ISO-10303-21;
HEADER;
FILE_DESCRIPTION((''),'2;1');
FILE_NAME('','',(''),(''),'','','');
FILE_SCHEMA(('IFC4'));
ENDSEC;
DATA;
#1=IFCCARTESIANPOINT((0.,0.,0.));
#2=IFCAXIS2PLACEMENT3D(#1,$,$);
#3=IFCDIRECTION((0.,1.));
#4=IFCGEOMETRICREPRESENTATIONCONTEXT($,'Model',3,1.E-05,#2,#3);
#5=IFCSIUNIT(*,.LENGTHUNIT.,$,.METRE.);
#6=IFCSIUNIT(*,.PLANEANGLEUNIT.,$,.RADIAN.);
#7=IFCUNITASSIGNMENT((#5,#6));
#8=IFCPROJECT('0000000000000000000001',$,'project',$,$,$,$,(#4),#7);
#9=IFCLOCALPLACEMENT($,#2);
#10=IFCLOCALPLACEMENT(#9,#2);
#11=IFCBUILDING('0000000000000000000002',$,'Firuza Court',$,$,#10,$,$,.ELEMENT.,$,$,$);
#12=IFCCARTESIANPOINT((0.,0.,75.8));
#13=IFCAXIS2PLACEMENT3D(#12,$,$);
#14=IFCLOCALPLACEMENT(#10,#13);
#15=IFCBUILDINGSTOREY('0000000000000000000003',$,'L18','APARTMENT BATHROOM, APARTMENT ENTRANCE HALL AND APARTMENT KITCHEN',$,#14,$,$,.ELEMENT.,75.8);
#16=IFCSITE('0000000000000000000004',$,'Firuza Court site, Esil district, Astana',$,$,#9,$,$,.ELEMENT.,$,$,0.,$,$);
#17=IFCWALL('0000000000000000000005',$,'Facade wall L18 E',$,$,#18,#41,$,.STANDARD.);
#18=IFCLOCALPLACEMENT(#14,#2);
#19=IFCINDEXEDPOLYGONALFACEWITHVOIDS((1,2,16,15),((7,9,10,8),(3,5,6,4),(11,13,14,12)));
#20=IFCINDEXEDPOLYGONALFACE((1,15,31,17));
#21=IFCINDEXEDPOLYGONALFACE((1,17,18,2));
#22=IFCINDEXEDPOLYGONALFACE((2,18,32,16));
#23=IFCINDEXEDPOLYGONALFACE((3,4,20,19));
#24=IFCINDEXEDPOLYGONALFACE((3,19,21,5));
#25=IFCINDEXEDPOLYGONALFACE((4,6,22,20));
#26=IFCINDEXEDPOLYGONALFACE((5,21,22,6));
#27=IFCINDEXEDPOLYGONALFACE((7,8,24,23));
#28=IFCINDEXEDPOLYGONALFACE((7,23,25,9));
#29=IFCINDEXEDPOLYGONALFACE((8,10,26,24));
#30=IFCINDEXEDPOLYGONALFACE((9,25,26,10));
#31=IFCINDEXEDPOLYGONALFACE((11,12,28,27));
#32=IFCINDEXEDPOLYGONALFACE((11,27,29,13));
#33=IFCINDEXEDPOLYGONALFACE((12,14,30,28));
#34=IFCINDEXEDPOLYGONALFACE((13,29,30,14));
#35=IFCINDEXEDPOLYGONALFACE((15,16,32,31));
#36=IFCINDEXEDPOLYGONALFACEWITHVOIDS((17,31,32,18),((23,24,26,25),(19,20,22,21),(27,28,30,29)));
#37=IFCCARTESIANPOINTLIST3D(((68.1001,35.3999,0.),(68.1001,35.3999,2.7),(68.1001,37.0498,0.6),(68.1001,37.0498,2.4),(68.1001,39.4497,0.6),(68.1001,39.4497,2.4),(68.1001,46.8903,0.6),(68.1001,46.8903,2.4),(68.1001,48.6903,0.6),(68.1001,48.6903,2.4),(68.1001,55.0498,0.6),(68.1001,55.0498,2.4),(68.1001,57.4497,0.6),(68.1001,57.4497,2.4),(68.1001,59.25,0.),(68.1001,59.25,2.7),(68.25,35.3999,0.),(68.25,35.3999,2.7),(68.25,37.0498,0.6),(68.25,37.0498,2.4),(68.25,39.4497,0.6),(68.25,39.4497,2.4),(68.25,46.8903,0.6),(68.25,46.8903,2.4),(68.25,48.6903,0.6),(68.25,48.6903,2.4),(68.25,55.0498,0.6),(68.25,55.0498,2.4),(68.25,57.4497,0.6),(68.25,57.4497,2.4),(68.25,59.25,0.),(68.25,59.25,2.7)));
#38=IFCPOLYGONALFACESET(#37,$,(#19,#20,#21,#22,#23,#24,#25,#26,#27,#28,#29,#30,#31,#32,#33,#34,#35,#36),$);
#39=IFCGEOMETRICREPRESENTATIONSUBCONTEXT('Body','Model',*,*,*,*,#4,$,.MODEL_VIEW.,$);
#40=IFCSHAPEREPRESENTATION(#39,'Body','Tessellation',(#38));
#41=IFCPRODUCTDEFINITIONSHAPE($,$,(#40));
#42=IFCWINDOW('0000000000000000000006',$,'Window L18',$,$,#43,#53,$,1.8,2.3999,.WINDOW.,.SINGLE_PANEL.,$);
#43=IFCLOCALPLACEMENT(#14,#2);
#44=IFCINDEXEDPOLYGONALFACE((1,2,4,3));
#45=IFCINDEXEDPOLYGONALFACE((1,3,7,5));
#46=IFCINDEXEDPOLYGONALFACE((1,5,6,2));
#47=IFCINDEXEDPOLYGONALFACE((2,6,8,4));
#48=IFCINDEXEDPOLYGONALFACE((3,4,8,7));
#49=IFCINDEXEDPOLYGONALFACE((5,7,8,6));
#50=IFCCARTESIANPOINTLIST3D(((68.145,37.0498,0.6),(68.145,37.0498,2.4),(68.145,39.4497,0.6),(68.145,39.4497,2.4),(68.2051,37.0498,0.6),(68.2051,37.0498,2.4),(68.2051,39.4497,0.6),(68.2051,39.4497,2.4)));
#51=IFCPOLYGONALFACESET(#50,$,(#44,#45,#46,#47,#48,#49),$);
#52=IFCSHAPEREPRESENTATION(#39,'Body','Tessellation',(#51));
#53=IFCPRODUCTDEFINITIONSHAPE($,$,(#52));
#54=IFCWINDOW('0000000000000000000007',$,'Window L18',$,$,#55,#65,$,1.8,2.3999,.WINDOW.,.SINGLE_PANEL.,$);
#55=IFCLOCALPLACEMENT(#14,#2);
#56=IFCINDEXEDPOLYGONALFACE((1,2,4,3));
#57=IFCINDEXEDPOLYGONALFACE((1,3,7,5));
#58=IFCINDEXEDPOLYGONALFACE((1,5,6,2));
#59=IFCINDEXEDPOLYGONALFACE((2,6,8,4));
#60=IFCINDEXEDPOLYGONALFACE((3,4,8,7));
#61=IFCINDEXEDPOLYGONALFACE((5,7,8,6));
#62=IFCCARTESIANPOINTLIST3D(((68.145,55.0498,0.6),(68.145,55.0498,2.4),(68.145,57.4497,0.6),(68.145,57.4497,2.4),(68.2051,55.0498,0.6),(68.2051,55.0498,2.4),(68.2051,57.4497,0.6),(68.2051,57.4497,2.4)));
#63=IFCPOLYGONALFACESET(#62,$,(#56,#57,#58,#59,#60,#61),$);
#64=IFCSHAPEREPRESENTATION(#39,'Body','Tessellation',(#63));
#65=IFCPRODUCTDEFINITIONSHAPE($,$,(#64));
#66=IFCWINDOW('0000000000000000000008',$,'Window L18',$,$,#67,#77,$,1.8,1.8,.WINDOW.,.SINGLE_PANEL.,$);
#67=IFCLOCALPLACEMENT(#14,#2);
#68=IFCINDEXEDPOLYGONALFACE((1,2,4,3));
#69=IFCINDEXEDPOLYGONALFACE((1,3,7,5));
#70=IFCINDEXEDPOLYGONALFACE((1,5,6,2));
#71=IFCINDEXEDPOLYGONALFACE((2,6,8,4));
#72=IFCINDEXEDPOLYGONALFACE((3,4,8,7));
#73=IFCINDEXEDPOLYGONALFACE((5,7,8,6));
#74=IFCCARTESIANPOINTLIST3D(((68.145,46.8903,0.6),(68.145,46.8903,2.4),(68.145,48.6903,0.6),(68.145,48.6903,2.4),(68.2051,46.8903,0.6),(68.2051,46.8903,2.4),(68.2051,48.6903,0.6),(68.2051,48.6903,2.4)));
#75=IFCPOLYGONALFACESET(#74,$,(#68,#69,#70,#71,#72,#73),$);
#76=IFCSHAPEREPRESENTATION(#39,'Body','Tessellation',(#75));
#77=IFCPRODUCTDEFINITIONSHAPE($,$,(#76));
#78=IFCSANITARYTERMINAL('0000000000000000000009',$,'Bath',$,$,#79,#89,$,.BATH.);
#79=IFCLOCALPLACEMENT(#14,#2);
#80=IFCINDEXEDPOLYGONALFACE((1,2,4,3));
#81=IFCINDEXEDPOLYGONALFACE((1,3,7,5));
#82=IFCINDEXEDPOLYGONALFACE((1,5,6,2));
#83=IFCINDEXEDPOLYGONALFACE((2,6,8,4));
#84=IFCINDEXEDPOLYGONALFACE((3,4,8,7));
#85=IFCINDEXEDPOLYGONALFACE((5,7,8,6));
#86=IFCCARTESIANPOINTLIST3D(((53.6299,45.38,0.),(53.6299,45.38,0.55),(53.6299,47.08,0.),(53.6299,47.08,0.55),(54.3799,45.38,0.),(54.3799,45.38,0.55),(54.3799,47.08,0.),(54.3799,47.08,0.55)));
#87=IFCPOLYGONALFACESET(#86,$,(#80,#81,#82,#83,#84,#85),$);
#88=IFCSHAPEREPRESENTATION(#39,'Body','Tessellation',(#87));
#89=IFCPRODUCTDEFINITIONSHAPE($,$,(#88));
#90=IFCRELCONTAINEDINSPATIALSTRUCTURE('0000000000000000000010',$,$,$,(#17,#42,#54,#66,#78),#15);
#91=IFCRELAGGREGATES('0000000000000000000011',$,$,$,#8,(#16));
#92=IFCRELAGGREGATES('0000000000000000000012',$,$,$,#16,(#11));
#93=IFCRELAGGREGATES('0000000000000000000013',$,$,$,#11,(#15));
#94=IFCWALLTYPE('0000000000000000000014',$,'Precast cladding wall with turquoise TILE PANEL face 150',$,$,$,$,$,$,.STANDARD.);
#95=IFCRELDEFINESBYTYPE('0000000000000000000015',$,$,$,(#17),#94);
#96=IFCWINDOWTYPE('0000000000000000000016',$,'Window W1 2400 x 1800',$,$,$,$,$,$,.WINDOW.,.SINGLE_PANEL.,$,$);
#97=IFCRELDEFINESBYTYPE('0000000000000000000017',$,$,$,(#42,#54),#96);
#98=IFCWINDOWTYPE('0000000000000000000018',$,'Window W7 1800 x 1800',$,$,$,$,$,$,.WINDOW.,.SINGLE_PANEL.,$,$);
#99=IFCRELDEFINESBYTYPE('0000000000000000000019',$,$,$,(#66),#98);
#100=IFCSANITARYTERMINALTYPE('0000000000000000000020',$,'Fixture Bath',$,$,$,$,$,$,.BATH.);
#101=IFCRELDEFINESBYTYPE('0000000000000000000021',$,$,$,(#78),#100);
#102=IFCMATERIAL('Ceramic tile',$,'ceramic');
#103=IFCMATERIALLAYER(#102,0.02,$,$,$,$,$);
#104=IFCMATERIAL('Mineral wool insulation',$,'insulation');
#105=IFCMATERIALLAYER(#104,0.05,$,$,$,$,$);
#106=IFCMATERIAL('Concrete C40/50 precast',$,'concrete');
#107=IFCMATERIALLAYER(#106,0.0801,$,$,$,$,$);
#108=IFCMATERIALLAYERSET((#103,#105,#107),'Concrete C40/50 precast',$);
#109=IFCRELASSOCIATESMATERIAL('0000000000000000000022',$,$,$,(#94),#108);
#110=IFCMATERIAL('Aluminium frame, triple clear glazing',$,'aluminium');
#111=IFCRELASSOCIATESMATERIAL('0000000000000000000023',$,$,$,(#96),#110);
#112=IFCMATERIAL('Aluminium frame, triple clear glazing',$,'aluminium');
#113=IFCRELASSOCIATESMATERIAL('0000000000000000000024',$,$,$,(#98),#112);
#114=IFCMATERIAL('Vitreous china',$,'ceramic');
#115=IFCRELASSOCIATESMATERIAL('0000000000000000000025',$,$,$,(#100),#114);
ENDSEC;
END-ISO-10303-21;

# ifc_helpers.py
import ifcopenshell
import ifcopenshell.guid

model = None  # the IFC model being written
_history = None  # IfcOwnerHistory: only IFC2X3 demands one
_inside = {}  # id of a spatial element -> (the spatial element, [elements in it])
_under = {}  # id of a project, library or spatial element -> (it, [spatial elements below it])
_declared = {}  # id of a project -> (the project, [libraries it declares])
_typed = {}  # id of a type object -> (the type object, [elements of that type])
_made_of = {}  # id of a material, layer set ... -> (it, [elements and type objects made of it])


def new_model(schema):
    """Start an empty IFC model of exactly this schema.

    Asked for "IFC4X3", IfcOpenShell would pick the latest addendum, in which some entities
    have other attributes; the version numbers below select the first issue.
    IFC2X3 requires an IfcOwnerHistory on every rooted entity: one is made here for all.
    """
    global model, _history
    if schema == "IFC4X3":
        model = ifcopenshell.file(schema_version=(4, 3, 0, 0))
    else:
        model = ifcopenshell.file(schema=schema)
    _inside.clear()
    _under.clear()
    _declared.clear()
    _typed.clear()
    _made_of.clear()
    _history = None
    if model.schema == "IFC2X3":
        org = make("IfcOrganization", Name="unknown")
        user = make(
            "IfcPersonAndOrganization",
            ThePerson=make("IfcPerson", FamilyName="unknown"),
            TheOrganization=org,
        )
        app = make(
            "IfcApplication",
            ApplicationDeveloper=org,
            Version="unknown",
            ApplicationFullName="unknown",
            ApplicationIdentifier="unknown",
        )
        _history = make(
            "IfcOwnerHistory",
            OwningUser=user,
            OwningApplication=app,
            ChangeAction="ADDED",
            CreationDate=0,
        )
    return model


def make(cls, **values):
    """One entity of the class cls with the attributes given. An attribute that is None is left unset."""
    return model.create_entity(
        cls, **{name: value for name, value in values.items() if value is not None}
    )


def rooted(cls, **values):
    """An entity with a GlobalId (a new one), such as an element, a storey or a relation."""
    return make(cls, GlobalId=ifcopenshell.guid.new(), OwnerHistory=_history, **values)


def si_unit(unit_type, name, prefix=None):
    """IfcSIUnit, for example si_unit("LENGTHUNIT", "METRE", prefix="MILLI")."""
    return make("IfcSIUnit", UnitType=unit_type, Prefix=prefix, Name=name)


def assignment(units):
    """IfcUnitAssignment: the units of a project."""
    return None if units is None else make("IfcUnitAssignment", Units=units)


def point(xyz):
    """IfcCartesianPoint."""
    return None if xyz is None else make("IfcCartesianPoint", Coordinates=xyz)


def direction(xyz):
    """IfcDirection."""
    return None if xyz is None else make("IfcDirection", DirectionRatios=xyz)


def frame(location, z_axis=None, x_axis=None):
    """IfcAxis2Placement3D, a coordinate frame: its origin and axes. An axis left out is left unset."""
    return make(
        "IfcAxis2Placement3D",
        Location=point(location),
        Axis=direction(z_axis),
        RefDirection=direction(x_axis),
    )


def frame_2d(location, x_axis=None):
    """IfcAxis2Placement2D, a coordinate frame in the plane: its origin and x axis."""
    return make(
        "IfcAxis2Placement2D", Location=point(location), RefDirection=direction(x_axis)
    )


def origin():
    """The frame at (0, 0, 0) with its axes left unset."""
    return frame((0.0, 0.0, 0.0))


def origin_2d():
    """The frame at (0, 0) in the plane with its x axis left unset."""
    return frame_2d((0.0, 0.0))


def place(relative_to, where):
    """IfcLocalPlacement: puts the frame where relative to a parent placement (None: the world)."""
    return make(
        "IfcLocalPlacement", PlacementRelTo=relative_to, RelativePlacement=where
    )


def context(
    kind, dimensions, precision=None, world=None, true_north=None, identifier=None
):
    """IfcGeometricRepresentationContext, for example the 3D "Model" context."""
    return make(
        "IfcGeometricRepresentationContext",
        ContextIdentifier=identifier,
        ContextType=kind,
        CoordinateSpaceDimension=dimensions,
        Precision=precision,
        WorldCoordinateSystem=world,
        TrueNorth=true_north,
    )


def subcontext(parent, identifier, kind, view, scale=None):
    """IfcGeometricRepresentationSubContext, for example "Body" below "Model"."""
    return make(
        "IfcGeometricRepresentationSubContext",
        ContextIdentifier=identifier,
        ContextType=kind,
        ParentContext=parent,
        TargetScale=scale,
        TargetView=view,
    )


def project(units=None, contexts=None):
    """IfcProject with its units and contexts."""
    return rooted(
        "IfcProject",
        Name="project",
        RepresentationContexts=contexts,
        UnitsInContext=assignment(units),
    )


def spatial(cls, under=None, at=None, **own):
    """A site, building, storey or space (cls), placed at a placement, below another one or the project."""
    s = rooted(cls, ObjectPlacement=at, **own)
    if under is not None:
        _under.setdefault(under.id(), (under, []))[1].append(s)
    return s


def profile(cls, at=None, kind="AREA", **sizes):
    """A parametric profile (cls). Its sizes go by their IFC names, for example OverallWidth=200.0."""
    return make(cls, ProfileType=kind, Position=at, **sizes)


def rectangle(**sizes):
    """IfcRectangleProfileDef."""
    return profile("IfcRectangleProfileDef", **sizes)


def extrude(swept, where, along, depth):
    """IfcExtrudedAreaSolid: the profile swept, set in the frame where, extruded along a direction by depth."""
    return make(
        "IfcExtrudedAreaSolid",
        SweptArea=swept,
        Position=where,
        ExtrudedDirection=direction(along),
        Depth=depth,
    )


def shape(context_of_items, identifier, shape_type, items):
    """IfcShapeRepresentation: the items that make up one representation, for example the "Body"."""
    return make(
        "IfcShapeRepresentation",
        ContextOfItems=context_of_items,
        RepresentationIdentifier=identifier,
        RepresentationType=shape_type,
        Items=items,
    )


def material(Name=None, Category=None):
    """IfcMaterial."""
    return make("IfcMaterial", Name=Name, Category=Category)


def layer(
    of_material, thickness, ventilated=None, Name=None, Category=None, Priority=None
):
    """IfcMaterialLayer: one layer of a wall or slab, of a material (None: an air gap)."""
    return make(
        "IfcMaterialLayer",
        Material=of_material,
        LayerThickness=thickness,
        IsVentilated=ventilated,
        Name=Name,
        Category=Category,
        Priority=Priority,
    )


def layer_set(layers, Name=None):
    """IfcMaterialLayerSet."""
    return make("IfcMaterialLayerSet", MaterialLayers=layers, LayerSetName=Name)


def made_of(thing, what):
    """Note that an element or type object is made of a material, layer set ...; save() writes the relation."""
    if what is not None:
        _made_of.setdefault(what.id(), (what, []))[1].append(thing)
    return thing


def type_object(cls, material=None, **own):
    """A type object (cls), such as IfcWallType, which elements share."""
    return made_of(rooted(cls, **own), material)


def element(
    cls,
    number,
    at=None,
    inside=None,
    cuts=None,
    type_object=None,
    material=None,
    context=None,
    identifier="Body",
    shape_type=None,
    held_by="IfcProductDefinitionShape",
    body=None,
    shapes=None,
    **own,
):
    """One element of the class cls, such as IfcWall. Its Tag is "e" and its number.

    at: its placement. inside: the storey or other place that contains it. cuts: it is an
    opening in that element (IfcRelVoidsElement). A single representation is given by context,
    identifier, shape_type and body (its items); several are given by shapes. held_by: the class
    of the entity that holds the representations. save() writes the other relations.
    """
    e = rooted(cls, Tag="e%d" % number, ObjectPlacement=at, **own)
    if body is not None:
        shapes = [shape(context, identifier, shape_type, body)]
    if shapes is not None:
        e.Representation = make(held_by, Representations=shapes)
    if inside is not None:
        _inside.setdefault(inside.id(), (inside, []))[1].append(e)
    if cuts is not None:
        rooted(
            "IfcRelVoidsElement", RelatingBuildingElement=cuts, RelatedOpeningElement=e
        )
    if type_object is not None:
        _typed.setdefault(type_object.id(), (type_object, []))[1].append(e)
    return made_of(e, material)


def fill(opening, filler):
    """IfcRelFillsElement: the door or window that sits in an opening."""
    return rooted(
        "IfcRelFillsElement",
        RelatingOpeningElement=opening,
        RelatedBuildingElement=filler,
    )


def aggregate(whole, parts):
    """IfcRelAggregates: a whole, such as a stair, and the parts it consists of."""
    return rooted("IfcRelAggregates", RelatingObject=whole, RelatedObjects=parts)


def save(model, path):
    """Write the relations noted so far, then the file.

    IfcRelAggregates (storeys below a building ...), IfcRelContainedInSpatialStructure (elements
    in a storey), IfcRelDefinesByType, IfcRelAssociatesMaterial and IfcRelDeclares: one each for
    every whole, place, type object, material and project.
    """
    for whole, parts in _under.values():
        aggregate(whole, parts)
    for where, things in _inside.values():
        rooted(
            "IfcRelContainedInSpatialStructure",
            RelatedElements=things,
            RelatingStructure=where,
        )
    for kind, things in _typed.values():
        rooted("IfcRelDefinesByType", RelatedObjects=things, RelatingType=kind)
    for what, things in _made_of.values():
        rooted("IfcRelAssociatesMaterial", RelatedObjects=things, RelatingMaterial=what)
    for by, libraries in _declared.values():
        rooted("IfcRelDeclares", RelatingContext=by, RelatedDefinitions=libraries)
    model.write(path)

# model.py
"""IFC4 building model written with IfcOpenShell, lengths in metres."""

from ifc_helpers import new_model, si_unit, direction, frame, frame_2d, origin, origin_2d, place, context, subcontext, project, spatial, rectangle, extrude, material, layer, layer_set, type_object, element, fill, save


model = new_model("IFC4")

# Units and contexts
model_context = context("Model", 3, precision=1e-05, world=origin(), true_north=direction((0.0, 1.0)))
body_context = subcontext(model_context, "Body", "Model", "MODEL_VIEW")
ifc_project = project(units=[si_unit("LENGTHUNIT", "METRE"), si_unit("PLANEANGLEUNIT", "RADIAN")], contexts=[model_context])

# Site, building, storey
site_placement = place(None, origin())
site = spatial("IfcSite", under=ifc_project, at=site_placement, Name="Firuza Court site, Esil district, Astana", CompositionType="ELEMENT", RefElevation=0.0)
building_placement = place(site_placement, origin())
building = spatial("IfcBuilding", under=site, at=building_placement, Name="Firuza Court", CompositionType="ELEMENT")
storey_placement = place(building_placement, frame((0.0, 0.0, 75.8)))
storey = spatial("IfcBuildingStorey", under=building, at=storey_placement, Name="L18", Description="APARTMENT BATHROOM, APARTMENT ENTRANCE HALL AND APARTMENT KITCHEN", CompositionType="ELEMENT", Elevation=75.8)

# Wall, openings, windows
ifc_material_1 = material(Name="Ceramic tile", Category="ceramic")
ifc_layer_1 = layer(ifc_material_1, 0.02)
ifc_material_2 = material(Name="Mineral wool insulation", Category="insulation")
ifc_layer_2 = layer(ifc_material_2, 0.05)
ifc_material_3 = material(Name="Concrete C40/50 precast", Category="concrete")
ifc_layer_3 = layer(ifc_material_3, 0.0801)
ifc_layer_set_1 = layer_set([ifc_layer_1, ifc_layer_2, ifc_layer_3], Name="Concrete C40/50 precast")
wall_type_1 = type_object("IfcWallType", Name="Precast cladding wall with turquoise TILE PANEL face 150", PredefinedType="STANDARD", material=ifc_layer_set_1)
wall_1_placement = place(storey_placement, frame((68.175, 35.3999, 0.0), z_axis=(0.0, 0.0, 1.0), x_axis=(0.0, 1.0, 0.0)))
wall_1 = element("IfcWall", 1, at=wall_1_placement, inside=storey, type_object=wall_type_1, Name="Facade wall L18 E", PredefinedType="STANDARD", context=body_context, shape_type="SweptSolid", body=[
    extrude(rectangle(XDim=23.8501, YDim=0.1499, at=frame_2d((11.925, 0.0))), origin(), (0.0, 0.0, 1.0), 2.7),
])
opening_1_placement = place(wall_1_placement, frame((1.6499, 0.0, 0.6001)))
opening_1 = element("IfcOpeningElement", 2, at=opening_1_placement, cuts=wall_1, PredefinedType="OPENING", context=body_context, shape_type="SweptSolid", body=[
    extrude(rectangle(XDim=2.3999, YDim=1.8, at=frame_2d((1.2, 0.8999))), frame((0.0, 0.0869, 0.0), z_axis=(0.0, -1.0, 0.0), x_axis=(1.0, 0.0, 0.0)), (0.0, 0.0, 1.0), 0.1738),
])
opening_2_placement = place(wall_1_placement, frame((11.4905, 0.0, 0.6001)))
opening_2 = element("IfcOpeningElement", 3, at=opening_2_placement, cuts=wall_1, PredefinedType="OPENING", context=body_context, shape_type="SweptSolid", body=[
    extrude(rectangle(XDim=1.8, YDim=1.8, at=frame_2d((0.8999, 0.8999))), frame((0.0, 0.0869, 0.0), z_axis=(0.0, -1.0, 0.0), x_axis=(1.0, 0.0, 0.0)), (0.0, 0.0, 1.0), 0.1738),
])
opening_3_placement = place(wall_1_placement, frame((19.6499, 0.0, 0.6001)))
opening_3 = element("IfcOpeningElement", 4, at=opening_3_placement, cuts=wall_1, PredefinedType="OPENING", context=body_context, shape_type="SweptSolid", body=[
    extrude(rectangle(XDim=2.3999, YDim=1.8, at=frame_2d((1.2, 0.8999))), frame((0.0, 0.0869, 0.0), z_axis=(0.0, -1.0, 0.0), x_axis=(1.0, 0.0, 0.0)), (0.0, 0.0, 1.0), 0.1738),
])
ifc_material_4 = material(Name="Aluminium frame, triple clear glazing", Category="aluminium")
window_type_1 = type_object("IfcWindowType", Name="Window W1 2400 x 1800", PartitioningType="SINGLE_PANEL", PredefinedType="WINDOW", material=ifc_material_4)
window_1_placement = place(opening_1_placement, origin())
window_1 = element("IfcWindow", 5, at=window_1_placement, inside=storey, type_object=window_type_1, Name="Window L18", OverallHeight=1.8, OverallWidth=2.3999, PartitioningType="SINGLE_PANEL", PredefinedType="WINDOW", context=body_context, shape_type="SweptSolid", body=[
    extrude(rectangle(XDim=2.3999, YDim=1.8, at=frame_2d((1.2, 0.8999))), frame((0.0, 0.03, 0.0), z_axis=(0.0, -1.0, 0.0), x_axis=(1.0, 0.0, 0.0)), (0.0, 0.0, 1.0), 0.0601),
])
fill(opening_1, window_1)
window_2_placement = place(opening_3_placement, origin())
window_2 = element("IfcWindow", 6, at=window_2_placement, inside=storey, type_object=window_type_1, Name="Window L18", OverallHeight=1.8, OverallWidth=2.3999, PartitioningType="SINGLE_PANEL", PredefinedType="WINDOW", context=body_context, shape_type="SweptSolid", body=[
    extrude(rectangle(XDim=2.3999, YDim=1.8, at=frame_2d((1.2, 0.8999))), frame((0.0, 0.03, 0.0), z_axis=(0.0, -1.0, 0.0), x_axis=(1.0, 0.0, 0.0)), (0.0, 0.0, 1.0), 0.0601),
])
fill(opening_3, window_2)
ifc_material_5 = material(Name="Aluminium frame, triple clear glazing", Category="aluminium")
window_type_2 = type_object("IfcWindowType", Name="Window W7 1800 x 1800", PartitioningType="SINGLE_PANEL", PredefinedType="WINDOW", material=ifc_material_5)
window_3_placement = place(opening_2_placement, origin())
window_3 = element("IfcWindow", 7, at=window_3_placement, inside=storey, type_object=window_type_2, Name="Window L18", OverallHeight=1.8, OverallWidth=1.8, PartitioningType="SINGLE_PANEL", PredefinedType="WINDOW", context=body_context, shape_type="SweptSolid", body=[
    extrude(rectangle(XDim=1.8, YDim=1.8, at=frame_2d((0.8999, 0.8999))), frame((0.0, 0.03, 0.0), z_axis=(0.0, -1.0, 0.0), x_axis=(1.0, 0.0, 0.0)), (0.0, 0.0, 1.0), 0.0601),
])
fill(opening_2, window_3)

# Sanitary terminal
ifc_material_6 = material(Name="Vitreous china", Category="ceramic")
sanitary_terminal_type = type_object("IfcSanitaryTerminalType", Name="Fixture Bath", PredefinedType="BATH", material=ifc_material_6)
sanitary_terminal_placement = place(storey_placement, frame((54.0049, 46.23, 0.0), z_axis=(0.0, 0.0, 1.0), x_axis=(1.0, 0.0, 0.0)))
element("IfcSanitaryTerminal", 8, at=sanitary_terminal_placement, inside=storey, type_object=sanitary_terminal_type, Name="Bath", PredefinedType="BATH", context=body_context, shape_type="SweptSolid", body=[
    extrude(rectangle(XDim=0.75, YDim=1.7, at=origin_2d()), origin(), (0.0, 0.0, 1.0), 0.55),
])

save(model, "model.ifc")
